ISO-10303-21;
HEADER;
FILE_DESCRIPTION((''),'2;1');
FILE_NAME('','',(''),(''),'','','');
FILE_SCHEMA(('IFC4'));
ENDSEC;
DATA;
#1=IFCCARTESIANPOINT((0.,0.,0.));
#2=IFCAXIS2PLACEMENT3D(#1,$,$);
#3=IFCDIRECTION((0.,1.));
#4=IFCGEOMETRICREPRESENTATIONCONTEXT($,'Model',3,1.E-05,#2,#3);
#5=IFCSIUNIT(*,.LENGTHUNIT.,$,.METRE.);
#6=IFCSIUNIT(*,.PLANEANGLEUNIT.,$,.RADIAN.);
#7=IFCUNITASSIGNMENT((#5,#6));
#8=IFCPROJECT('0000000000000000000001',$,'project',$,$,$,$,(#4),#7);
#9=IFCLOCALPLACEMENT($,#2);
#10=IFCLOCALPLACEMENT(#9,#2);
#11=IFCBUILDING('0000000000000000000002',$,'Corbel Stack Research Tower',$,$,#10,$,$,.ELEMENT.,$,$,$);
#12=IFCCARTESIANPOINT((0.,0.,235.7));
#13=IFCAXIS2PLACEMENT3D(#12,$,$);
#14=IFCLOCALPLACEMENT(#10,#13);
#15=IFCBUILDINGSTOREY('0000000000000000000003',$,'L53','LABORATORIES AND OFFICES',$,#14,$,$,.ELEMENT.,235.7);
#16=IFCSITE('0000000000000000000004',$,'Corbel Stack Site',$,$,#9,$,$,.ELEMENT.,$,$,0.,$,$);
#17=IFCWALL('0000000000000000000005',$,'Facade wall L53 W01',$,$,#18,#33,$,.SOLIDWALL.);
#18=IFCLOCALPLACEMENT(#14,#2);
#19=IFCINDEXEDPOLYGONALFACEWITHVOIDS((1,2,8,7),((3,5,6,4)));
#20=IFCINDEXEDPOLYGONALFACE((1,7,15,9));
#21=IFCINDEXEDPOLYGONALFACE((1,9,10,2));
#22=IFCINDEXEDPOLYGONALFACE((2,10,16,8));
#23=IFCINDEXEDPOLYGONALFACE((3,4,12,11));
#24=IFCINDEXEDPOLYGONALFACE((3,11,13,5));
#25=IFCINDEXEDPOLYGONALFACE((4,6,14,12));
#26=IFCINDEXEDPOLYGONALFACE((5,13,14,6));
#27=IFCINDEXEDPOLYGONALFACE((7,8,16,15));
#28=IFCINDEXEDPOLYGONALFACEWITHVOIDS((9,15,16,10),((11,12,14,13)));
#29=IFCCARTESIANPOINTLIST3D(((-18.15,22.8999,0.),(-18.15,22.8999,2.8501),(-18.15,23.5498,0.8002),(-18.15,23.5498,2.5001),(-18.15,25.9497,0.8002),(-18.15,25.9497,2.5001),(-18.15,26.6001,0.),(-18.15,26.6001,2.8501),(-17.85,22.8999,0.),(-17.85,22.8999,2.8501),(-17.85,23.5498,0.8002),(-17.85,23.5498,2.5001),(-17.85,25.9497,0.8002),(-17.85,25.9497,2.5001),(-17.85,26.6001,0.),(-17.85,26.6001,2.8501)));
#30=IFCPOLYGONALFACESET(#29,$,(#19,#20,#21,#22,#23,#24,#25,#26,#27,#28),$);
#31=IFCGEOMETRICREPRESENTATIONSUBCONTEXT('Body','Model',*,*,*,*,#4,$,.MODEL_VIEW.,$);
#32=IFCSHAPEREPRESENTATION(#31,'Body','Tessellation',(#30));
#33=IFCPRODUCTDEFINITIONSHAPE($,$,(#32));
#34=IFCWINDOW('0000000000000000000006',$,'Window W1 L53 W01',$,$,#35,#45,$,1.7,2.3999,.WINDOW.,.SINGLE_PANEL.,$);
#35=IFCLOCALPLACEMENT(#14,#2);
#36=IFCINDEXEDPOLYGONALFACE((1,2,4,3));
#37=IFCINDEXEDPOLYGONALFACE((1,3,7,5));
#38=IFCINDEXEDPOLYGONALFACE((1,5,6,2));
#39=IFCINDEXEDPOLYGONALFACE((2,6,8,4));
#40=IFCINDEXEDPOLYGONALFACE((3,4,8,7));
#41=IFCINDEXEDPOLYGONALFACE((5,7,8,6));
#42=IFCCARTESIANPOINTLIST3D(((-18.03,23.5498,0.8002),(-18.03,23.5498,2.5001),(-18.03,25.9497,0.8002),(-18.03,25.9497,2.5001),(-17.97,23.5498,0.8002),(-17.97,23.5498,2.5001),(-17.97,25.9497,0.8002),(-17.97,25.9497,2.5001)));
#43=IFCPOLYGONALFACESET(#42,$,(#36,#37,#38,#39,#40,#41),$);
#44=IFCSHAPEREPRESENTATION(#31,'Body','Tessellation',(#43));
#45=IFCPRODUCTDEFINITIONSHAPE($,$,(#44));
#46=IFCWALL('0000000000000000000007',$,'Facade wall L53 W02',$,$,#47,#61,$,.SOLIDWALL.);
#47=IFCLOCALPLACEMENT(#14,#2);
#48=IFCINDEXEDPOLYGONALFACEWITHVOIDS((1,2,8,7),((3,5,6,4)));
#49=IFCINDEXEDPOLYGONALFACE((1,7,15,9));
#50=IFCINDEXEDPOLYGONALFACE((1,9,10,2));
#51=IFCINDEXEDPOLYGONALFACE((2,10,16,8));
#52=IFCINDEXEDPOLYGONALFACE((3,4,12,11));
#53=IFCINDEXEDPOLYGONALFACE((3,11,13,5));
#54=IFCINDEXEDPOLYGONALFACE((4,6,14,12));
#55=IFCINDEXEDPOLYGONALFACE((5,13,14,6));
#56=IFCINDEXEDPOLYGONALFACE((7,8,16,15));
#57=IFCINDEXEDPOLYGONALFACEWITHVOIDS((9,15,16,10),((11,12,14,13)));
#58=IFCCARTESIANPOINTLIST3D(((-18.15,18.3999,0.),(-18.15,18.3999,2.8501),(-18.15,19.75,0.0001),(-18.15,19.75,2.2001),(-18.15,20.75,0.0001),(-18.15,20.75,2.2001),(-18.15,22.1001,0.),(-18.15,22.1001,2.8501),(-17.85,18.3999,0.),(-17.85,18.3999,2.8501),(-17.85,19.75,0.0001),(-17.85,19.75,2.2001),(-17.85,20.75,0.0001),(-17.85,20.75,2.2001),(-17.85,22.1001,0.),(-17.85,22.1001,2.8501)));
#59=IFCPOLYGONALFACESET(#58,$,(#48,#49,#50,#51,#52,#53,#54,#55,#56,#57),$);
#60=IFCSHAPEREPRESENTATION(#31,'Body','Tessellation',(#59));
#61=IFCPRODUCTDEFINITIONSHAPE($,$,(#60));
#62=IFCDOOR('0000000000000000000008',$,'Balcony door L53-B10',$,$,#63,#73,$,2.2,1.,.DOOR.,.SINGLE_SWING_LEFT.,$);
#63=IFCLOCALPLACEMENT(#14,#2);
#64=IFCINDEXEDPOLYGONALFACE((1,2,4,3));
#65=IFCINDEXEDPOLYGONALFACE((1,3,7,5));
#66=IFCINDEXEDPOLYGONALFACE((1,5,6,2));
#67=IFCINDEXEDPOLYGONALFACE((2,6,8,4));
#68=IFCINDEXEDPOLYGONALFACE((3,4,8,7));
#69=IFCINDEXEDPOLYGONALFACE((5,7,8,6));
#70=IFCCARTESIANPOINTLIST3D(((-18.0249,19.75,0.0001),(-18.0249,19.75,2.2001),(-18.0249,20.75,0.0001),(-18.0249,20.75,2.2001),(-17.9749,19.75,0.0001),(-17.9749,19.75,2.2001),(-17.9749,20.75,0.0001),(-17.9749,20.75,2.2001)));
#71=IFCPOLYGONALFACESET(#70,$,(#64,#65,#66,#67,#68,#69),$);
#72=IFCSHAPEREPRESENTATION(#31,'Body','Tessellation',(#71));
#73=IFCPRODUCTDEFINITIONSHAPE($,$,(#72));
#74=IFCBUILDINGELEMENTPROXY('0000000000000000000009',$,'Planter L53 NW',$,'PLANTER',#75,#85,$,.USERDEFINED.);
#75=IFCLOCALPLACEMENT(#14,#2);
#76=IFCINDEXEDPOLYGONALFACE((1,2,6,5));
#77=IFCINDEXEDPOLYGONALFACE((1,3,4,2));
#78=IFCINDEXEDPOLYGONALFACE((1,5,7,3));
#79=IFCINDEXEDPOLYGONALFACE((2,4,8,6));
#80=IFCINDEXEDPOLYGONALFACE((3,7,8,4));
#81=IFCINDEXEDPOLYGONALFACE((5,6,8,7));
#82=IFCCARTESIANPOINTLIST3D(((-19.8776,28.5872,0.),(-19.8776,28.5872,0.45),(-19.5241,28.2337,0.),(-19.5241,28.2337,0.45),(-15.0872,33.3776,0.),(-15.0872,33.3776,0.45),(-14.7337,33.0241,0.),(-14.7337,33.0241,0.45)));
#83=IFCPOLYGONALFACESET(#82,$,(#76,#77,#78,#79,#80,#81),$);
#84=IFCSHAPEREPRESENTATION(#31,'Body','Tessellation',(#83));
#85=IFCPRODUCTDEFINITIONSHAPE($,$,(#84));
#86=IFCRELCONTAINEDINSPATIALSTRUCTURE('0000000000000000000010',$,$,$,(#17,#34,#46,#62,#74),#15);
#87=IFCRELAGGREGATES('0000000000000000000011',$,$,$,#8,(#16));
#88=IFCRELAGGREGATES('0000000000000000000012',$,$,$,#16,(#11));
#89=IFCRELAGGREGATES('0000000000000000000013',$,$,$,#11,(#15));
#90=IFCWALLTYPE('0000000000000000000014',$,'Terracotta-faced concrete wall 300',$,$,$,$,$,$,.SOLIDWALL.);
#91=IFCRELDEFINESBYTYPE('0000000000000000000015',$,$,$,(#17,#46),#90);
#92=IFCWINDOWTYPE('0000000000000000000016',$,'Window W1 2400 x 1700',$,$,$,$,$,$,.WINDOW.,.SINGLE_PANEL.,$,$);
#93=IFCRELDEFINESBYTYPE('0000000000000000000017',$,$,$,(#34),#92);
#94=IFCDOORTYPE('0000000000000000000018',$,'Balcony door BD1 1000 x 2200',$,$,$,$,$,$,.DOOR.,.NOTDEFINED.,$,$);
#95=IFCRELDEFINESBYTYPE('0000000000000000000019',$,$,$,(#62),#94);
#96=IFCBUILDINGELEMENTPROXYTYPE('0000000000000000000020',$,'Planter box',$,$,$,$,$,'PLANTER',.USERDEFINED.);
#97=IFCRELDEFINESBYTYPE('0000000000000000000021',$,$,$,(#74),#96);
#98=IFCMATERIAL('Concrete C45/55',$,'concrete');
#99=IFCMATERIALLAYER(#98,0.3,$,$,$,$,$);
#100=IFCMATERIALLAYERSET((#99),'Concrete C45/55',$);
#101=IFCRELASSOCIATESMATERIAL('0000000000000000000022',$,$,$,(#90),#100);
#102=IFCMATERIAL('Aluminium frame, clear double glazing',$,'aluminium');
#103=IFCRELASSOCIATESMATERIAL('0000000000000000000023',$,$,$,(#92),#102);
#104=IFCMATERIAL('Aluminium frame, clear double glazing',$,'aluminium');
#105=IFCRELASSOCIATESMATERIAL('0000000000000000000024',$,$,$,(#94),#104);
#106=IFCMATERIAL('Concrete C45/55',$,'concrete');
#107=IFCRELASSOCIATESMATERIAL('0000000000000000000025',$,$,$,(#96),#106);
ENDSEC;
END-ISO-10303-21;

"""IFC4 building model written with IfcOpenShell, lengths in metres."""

from ifc_helpers import new_model, si_unit, direction, frame, frame_2d, origin, origin_2d, place, context, subcontext, project, spatial, rectangle, extrude, material, layer, layer_set, type_object, element, fill, save


model = new_model("IFC4")

# Units and contexts
model_context = context("Model", 3, precision=1e-05, world=origin(), true_north=direction((0.0, 1.0)))
body_context = subcontext(model_context, "Body", "Model", "MODEL_VIEW")
ifc_project = project(units=[si_unit("LENGTHUNIT", "METRE"), si_unit("PLANEANGLEUNIT", "RADIAN")], contexts=[model_context])

# Site, building, storey
site_placement = place(None, origin())
site = spatial("IfcSite", under=ifc_project, at=site_placement, Name="Corbel Stack Site", CompositionType="ELEMENT", RefElevation=0.0)
building_placement = place(site_placement, origin())
building = spatial("IfcBuilding", under=site, at=building_placement, Name="Corbel Stack Research Tower", CompositionType="ELEMENT")
storey_placement = place(building_placement, frame((0.0, 0.0, 235.7)))
storey = spatial("IfcBuildingStorey", under=building, at=storey_placement, Name="L53", Description="LABORATORIES AND OFFICES", CompositionType="ELEMENT", Elevation=235.7)

# Shared definitions
ifc_material_1 = material(Name="Concrete C45/55", Category="concrete")
ifc_layer_1 = layer(ifc_material_1, 0.3)
ifc_layer_set_1 = layer_set([ifc_layer_1], Name="Concrete C45/55")
wall_type_1 = type_object("IfcWallType", Name="Terracotta-faced concrete wall 300", PredefinedType="SOLIDWALL", material=ifc_layer_set_1)
ifc_material_2 = material(Name="Aluminium frame, clear double glazing", Category="aluminium")
window_type = type_object("IfcWindowType", Name="Window W1 2400 x 1700", PartitioningType="SINGLE_PANEL", PredefinedType="WINDOW", material=ifc_material_2)

# Wall, opening, window
wall_1_placement = place(storey_placement, frame((-18.0, 22.8999, 0.0), z_axis=(0.0, 0.0, 1.0), x_axis=(0.0, 1.0, 0.0)))
wall_1 = element("IfcWall", 1, at=wall_1_placement, inside=storey, type_object=wall_type_1, Name="Facade wall L53 W01", PredefinedType="SOLIDWALL", context=body_context, shape_type="SweptSolid", body=[
    extrude(rectangle(XDim=3.7002, YDim=0.3, at=frame_2d((1.8501, 0.0))), origin(), (0.0, 0.0, 1.0), 2.8501),
])
opening_1_placement = place(wall_1_placement, frame((0.6499, 0.0, 0.8)))
opening_1 = element("IfcOpeningElement", 2, at=opening_1_placement, cuts=wall_1, PredefinedType="OPENING", context=body_context, shape_type="SweptSolid", body=[
    extrude(rectangle(XDim=2.3999, YDim=1.7, at=frame_2d((1.2, 0.8501))), frame((0.0, 0.1599, 0.0), z_axis=(0.0, -1.0, 0.0), x_axis=(1.0, 0.0, 0.0)), (0.0, 0.0, 1.0), 0.3201),
])
window_1_placement = place(opening_1_placement, origin())
window_1 = element("IfcWindow", 3, at=window_1_placement, inside=storey, type_object=window_type, Name="Window W1 L53 W01", OverallHeight=1.7, OverallWidth=2.3999, PartitioningType="SINGLE_PANEL", PredefinedType="WINDOW", context=body_context, shape_type="SweptSolid", body=[
    extrude(rectangle(XDim=2.3999, YDim=1.7, at=frame_2d((1.2, 0.8501))), frame((0.0, 0.03, 0.0), z_axis=(0.0, -1.0, 0.0), x_axis=(1.0, 0.0, 0.0)), (0.0, 0.0, 1.0), 0.0601),
])
fill(opening_1, window_1)

# Wall, opening, door
wall_2_placement = place(storey_placement, frame((-18.0, 18.3999, 0.0), z_axis=(0.0, 0.0, 1.0), x_axis=(0.0, 1.0, 0.0)))
wall_2 = element("IfcWall", 4, at=wall_2_placement, inside=storey, type_object=wall_type_1, Name="Facade wall L53 W02", PredefinedType="SOLIDWALL", context=body_context, shape_type="SweptSolid", body=[
    extrude(rectangle(XDim=3.7002, YDim=0.3, at=frame_2d((1.8501, 0.0))), origin(), (0.0, 0.0, 1.0), 2.8501),
])
opening_2_placement = place(wall_2_placement, frame((1.3501, 0.0, 0.0)))
opening_2 = element("IfcOpeningElement", 5, at=opening_2_placement, cuts=wall_2, PredefinedType="OPENING", context=body_context, shape_type="SweptSolid", body=[
    extrude(rectangle(XDim=1.0, YDim=2.2, at=frame_2d((0.5, 1.1001))), frame((0.0, 0.1599, 0.0), z_axis=(0.0, -1.0, 0.0), x_axis=(1.0, 0.0, 0.0)), (0.0, 0.0, 1.0), 0.3201),
])
ifc_material_3 = material(Name="Aluminium frame, clear double glazing", Category="aluminium")
door_type_1 = type_object("IfcDoorType", Name="Balcony door BD1 1000 x 2200", OperationType="NOTDEFINED", PredefinedType="DOOR", material=ifc_material_3)
door_1_placement = place(opening_2_placement, origin())
door_1 = element("IfcDoor", 6, at=door_1_placement, inside=storey, type_object=door_type_1, Name="Balcony door L53-B10", OperationType="SINGLE_SWING_LEFT", OverallHeight=2.2, OverallWidth=1.0, PredefinedType="DOOR", context=body_context, shape_type="SweptSolid", body=[
    extrude(rectangle(XDim=1.0, YDim=2.2, at=frame_2d((0.5, 1.1001))), frame((0.0, 0.0249, 0.0), z_axis=(0.0, -1.0, 0.0), x_axis=(1.0, 0.0, 0.0)), (0.0, 0.0, 1.0), 0.05),
])
fill(opening_2, door_1)

# Building element proxy
ifc_material_4 = material(Name="Concrete C45/55", Category="concrete")
building_element_proxy_type = type_object("IfcBuildingElementProxyType", Name="Planter box", ElementType="PLANTER", PredefinedType="USERDEFINED", material=ifc_material_4)
proxy_placement = place(storey_placement, frame((-17.3057, 30.8057, 0.0), z_axis=(0.0, 0.0, 1.0), x_axis=(-0.707107, -0.707107, 0.0)))
element("IfcBuildingElementProxy", 7, at=proxy_placement, inside=storey, type_object=building_element_proxy_type, Name="Planter L53 NW", ObjectType="PLANTER", PredefinedType="USERDEFINED", context=body_context, shape_type="SweptSolid", body=[
    extrude(rectangle(XDim=6.7747, YDim=0.5, at=origin_2d()), origin(), (0.0, 0.0, 1.0), 0.45),
])

save(model, "model.ifc")
